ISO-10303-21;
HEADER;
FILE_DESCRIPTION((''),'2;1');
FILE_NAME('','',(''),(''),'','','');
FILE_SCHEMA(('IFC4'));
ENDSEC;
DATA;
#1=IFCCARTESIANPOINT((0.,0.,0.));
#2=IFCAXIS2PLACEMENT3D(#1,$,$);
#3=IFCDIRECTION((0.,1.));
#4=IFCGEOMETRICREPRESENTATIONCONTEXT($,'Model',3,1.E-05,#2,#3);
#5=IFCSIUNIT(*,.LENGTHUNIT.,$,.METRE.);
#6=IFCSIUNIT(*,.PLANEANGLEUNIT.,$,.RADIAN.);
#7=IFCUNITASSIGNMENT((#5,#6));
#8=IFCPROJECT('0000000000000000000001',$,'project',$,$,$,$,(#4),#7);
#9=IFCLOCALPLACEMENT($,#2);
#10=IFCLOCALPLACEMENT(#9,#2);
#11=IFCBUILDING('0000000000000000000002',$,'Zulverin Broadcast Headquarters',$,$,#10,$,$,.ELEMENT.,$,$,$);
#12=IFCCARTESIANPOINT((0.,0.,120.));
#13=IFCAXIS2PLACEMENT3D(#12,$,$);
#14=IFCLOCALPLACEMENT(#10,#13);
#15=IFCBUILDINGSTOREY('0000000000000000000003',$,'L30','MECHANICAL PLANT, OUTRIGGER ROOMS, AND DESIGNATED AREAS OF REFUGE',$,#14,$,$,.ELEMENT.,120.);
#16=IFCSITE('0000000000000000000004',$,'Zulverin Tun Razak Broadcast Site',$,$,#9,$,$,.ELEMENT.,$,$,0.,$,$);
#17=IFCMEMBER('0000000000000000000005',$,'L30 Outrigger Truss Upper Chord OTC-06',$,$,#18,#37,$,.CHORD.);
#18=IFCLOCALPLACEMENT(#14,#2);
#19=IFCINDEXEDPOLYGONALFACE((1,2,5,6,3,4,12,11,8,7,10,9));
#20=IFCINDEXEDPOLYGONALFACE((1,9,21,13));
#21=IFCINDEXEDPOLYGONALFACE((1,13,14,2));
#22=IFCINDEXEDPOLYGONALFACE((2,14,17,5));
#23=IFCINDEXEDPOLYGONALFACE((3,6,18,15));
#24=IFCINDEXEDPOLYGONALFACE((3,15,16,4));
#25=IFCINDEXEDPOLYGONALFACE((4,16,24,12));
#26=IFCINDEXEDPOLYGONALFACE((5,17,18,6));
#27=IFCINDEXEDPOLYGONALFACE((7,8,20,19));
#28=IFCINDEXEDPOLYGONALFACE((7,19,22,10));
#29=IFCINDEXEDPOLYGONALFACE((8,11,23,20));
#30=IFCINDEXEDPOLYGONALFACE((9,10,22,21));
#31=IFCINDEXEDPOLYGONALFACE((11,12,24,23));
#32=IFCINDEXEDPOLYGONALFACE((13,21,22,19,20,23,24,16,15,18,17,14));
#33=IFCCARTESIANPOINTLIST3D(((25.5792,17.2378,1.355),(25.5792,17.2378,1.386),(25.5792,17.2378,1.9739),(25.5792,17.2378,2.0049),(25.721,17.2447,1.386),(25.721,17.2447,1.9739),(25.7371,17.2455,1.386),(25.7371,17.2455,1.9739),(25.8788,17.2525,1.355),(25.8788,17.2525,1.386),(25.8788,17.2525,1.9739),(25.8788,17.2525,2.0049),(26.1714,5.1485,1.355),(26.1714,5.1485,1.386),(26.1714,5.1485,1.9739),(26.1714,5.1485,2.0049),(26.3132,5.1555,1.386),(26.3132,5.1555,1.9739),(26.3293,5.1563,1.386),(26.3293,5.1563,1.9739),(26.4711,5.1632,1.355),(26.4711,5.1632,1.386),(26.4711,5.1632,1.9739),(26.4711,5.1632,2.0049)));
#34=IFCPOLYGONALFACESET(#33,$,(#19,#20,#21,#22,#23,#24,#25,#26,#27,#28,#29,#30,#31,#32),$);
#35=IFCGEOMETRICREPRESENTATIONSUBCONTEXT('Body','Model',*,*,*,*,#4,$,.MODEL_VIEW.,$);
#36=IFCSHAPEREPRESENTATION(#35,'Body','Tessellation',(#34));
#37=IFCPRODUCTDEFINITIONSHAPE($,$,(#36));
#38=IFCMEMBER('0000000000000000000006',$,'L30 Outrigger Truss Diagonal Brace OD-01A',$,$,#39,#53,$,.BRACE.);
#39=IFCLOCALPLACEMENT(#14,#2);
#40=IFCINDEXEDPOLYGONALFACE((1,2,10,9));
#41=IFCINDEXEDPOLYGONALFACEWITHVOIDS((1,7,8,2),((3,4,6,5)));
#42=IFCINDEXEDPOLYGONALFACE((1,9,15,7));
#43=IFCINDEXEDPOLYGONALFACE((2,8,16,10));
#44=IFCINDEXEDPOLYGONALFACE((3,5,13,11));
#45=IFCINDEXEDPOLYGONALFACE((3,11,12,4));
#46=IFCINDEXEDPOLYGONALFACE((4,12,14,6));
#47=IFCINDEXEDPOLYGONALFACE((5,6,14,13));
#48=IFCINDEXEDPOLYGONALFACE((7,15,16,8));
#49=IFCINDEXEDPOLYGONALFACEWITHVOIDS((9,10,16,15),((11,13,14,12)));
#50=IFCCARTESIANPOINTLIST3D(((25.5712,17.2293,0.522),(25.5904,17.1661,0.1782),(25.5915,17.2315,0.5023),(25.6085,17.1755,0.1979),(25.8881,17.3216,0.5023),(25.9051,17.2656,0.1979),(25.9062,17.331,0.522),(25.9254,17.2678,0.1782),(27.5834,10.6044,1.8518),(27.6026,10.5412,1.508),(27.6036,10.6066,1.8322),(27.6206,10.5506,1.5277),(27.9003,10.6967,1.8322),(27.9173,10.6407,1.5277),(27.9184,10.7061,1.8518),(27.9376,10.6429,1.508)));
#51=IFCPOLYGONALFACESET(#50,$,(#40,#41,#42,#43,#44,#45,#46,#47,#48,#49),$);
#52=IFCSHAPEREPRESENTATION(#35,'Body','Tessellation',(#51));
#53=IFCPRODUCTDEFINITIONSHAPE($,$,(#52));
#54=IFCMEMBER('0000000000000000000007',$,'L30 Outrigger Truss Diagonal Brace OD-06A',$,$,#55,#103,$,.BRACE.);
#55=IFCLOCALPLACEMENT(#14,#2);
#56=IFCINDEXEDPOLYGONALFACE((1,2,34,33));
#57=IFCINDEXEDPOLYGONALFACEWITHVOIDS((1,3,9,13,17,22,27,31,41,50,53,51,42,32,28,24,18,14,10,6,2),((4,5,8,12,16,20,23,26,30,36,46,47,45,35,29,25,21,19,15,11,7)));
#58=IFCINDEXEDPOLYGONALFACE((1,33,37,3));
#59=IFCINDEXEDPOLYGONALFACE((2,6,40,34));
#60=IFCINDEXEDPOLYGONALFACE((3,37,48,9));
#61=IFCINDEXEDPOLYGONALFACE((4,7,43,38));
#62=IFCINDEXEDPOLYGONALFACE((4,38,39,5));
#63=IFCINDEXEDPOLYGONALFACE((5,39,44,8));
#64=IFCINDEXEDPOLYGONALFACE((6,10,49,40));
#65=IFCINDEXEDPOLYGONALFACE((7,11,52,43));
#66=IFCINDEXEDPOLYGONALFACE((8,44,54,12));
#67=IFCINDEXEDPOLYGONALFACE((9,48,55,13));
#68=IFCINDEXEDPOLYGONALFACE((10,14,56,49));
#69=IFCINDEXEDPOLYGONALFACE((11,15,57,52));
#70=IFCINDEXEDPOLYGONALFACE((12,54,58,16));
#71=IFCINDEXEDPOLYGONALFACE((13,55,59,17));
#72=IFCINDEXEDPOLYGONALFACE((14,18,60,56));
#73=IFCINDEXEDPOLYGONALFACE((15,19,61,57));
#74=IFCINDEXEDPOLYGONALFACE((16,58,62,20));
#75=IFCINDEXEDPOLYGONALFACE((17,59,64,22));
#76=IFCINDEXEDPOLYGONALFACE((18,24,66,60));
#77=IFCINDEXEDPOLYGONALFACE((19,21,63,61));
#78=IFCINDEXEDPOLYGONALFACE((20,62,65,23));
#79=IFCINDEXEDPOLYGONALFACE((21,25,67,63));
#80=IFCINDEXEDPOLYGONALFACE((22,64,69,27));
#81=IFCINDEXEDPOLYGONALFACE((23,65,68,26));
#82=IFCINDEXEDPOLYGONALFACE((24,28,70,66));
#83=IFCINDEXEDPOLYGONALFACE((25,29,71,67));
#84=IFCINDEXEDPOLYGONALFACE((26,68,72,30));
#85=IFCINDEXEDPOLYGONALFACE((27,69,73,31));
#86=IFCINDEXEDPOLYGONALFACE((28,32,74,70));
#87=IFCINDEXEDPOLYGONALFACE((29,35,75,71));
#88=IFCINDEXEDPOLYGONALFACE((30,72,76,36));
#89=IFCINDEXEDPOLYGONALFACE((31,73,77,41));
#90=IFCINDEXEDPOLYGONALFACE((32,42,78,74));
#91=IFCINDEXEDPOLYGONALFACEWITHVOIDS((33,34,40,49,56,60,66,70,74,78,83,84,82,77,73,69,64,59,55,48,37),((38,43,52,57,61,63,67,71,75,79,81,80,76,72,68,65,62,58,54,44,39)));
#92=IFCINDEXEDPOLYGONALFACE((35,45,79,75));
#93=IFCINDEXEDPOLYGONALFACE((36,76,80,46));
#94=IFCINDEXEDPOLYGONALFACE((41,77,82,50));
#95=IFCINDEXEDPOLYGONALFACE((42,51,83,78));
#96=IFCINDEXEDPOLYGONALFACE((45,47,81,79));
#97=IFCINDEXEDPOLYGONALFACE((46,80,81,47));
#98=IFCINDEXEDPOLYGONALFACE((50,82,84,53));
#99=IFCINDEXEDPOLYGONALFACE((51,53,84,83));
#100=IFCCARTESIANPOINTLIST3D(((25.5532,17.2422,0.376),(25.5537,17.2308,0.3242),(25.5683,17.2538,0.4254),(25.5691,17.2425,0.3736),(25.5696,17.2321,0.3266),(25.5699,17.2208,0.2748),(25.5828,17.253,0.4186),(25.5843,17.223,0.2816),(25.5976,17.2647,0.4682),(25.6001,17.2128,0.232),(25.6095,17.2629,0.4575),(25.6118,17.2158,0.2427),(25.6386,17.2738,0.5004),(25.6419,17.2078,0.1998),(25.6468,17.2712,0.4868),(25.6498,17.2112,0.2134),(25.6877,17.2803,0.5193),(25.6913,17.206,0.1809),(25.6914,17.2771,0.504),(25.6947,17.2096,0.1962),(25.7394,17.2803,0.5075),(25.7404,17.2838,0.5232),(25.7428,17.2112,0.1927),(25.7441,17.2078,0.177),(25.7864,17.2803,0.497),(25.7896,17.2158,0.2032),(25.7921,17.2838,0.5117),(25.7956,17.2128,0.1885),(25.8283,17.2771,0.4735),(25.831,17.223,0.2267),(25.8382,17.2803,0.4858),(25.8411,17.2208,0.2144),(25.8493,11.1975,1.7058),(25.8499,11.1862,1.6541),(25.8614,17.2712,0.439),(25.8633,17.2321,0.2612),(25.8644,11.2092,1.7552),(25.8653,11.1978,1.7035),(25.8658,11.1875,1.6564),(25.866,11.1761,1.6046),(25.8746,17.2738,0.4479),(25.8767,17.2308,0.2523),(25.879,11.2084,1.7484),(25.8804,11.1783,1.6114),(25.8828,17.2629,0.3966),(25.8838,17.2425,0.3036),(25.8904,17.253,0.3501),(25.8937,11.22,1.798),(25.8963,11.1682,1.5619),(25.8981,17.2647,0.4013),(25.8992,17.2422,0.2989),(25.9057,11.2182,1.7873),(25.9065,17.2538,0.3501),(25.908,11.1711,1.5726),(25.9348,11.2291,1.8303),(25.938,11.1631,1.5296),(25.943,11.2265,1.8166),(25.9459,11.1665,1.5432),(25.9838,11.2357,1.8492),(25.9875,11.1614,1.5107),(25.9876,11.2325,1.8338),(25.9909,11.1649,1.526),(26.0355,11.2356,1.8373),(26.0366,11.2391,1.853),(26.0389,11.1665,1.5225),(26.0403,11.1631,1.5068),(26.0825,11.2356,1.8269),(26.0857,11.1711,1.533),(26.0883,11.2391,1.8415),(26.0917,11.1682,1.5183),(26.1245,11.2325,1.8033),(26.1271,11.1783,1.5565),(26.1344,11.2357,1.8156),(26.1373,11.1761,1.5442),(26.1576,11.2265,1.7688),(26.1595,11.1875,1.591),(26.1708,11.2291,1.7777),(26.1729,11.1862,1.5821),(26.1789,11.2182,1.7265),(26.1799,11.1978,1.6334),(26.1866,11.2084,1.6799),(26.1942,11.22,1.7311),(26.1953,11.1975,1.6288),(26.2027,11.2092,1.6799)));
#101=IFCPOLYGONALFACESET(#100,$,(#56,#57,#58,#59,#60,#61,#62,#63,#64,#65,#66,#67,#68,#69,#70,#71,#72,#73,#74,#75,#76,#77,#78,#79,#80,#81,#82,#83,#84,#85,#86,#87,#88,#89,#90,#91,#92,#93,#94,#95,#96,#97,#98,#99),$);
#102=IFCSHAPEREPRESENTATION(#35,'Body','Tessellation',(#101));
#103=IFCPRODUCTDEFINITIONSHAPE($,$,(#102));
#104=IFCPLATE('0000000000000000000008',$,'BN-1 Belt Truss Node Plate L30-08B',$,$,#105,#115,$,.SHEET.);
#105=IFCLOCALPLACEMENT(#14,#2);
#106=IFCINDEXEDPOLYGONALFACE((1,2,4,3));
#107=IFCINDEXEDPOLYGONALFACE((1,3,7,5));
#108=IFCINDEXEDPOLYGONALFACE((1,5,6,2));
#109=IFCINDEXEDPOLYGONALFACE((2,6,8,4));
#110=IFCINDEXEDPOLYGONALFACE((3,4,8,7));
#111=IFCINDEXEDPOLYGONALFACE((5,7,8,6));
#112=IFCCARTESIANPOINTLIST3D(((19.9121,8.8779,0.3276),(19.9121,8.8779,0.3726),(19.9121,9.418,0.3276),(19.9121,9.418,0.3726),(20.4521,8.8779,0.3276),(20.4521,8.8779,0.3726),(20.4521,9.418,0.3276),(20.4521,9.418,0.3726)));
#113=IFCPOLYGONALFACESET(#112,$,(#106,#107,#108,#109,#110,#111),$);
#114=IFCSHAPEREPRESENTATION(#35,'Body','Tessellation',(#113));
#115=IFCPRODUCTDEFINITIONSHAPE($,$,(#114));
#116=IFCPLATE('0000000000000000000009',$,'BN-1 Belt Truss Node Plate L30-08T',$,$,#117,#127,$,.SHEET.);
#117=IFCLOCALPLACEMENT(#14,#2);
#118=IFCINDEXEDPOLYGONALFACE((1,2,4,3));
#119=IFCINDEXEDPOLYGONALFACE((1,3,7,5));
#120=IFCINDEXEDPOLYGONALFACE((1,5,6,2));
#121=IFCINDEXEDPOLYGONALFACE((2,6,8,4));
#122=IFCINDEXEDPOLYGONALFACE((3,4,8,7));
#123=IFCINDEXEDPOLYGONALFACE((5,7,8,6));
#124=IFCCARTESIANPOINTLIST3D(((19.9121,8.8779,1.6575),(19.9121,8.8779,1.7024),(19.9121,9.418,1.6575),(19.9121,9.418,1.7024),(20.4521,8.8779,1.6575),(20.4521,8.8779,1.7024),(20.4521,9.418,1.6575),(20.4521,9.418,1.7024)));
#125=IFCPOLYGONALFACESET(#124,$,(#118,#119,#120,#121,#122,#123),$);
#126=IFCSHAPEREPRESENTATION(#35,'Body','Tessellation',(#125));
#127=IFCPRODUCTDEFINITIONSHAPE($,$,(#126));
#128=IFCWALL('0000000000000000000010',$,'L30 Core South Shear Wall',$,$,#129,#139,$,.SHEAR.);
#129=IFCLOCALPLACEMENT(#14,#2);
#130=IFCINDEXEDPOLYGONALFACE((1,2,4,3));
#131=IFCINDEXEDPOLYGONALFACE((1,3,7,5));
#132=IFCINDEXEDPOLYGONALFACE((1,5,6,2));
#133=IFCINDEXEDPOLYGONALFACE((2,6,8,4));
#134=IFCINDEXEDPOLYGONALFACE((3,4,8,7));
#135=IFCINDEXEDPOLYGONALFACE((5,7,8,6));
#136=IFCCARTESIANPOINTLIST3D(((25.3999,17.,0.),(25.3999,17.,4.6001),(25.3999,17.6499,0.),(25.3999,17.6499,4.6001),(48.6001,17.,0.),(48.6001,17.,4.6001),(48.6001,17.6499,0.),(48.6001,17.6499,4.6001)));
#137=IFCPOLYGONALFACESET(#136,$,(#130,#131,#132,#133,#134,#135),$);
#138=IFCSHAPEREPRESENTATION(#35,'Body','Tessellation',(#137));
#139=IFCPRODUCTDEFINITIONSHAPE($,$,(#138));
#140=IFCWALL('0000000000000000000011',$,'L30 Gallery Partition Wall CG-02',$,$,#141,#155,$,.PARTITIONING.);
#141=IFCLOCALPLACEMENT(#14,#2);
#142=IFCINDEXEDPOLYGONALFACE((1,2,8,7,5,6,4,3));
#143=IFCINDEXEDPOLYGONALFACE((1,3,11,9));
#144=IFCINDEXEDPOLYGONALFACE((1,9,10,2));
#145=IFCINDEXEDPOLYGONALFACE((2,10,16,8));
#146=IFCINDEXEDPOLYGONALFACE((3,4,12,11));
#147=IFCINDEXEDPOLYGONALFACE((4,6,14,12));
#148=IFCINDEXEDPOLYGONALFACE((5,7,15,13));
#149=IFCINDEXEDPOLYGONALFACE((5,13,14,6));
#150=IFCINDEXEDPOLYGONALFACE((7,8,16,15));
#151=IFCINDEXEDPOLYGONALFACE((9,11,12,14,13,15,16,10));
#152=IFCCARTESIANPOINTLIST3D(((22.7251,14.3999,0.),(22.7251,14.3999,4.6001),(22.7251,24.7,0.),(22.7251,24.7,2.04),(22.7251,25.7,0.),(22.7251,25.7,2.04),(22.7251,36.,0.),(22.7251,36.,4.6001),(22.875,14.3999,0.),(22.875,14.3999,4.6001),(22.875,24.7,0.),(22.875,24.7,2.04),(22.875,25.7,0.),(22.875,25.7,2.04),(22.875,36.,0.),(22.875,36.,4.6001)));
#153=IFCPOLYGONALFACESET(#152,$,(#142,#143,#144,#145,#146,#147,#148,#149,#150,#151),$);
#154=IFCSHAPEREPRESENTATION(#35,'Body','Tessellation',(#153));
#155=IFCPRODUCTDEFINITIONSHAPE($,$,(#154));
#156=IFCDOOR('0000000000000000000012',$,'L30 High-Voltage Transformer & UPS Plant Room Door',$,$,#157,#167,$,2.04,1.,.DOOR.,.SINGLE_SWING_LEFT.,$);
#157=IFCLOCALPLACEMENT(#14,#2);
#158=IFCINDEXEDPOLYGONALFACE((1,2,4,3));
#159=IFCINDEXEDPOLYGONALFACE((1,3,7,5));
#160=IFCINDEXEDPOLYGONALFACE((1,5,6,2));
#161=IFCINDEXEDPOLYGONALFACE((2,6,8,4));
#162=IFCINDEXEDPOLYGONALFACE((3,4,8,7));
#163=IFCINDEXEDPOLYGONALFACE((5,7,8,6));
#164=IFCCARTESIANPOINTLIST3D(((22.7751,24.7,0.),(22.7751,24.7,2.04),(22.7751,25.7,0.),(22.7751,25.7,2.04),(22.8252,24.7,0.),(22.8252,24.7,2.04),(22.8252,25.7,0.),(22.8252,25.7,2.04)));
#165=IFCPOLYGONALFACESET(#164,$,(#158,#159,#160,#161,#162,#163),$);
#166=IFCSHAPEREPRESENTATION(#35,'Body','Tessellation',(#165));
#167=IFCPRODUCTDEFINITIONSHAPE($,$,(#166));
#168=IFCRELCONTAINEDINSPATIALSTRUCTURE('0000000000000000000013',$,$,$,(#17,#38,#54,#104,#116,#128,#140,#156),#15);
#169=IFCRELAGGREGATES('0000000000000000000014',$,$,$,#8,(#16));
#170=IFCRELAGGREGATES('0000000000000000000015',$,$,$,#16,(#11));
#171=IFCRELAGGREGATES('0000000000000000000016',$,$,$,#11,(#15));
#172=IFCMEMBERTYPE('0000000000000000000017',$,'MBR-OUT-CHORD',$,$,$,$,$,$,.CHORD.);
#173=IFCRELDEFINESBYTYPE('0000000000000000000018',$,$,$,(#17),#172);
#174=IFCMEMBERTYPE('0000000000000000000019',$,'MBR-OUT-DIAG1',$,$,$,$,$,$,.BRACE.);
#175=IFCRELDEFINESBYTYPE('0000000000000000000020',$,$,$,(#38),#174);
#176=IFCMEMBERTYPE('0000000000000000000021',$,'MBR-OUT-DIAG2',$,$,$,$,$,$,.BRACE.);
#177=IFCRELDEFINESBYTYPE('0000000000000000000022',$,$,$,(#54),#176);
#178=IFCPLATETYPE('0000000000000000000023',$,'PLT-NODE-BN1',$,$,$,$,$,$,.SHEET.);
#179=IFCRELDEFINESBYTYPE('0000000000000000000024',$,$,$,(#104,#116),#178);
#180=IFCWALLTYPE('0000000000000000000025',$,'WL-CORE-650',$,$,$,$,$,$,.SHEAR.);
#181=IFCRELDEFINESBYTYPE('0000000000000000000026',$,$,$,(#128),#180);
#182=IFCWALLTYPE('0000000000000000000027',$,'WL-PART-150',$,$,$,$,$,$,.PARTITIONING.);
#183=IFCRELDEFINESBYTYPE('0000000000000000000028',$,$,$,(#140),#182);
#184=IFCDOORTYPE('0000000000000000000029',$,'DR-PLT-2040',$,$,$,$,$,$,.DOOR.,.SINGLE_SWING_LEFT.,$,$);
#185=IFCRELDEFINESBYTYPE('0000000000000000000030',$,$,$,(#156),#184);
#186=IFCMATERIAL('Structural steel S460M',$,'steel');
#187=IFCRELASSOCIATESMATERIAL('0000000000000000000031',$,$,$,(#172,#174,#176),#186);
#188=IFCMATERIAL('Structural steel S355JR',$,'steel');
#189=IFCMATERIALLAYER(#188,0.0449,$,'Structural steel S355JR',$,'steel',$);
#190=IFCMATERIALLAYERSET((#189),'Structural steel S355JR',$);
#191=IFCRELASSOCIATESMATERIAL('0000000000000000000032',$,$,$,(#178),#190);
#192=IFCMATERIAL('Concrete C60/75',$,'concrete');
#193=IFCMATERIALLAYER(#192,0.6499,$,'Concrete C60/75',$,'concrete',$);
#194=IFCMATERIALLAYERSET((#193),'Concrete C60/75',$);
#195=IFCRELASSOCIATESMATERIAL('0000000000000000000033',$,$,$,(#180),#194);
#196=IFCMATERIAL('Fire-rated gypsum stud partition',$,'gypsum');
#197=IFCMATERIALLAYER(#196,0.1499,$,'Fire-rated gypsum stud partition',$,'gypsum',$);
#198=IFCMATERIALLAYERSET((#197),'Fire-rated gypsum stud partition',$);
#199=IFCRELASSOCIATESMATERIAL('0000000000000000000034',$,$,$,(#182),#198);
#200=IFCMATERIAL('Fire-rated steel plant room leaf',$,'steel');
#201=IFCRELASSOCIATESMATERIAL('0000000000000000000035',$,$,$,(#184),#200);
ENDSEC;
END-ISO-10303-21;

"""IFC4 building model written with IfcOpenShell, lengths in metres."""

from ifc_helpers import new_model, si_unit, direction, frame, frame_2d, origin, origin_2d, place, context, subcontext, project, spatial, rectangle, hollow_rectangle, hollow_circle, i_section, extrude, material, layer, layer_set, material_profile, profile_set, type_object, element, fill, save


model = new_model("IFC4")

# Units and contexts
model_context = context("Model", 3, precision=1e-05, world=origin(), true_north=direction((0.0, 1.0)))
body_context = subcontext(model_context, "Body", "Model", "MODEL_VIEW")
ifc_project = project(units=[si_unit("LENGTHUNIT", "METRE"), si_unit("PLANEANGLEUNIT", "RADIAN")], contexts=[model_context])

# Site, building, storey
site_placement = place(None, origin())
site = spatial("IfcSite", under=ifc_project, at=site_placement, Name="Zulverin Tun Razak Broadcast Site", CompositionType="ELEMENT", RefElevation=0.0)
building_placement = place(site_placement, origin())
building = spatial("IfcBuilding", under=site, at=building_placement, Name="Zulverin Broadcast Headquarters", CompositionType="ELEMENT")
storey_placement = place(building_placement, frame((0.0, 0.0, 120.0)))
storey = spatial("IfcBuildingStorey", under=building, at=storey_placement, Name="L30", Description="MECHANICAL PLANT, OUTRIGGER ROOMS, AND DESIGNATED AREAS OF REFUGE", CompositionType="ELEMENT", Elevation=120.0)

# Shared definitions
ifc_material_1 = material(Name="Concrete C60/75", Category="concrete")

# Members
ifc_material_2 = material(Name="Structural steel S355JR", Category="steel")
ifc_material_3 = material(Name="Structural steel S460M", Category="steel")
ifc_material_profile_1 = material_profile(ifc_material_3, i_section(OverallWidth=0.3, OverallDepth=0.6499, WebThickness=0.0161, FlangeThickness=0.031, at=origin_2d()), Name="Structural steel S460M", Category="steel")
ifc_profile_set_1 = profile_set([ifc_material_profile_1], Name="Structural steel S460M")
member_type_1 = type_object("IfcMemberType", Name="MBR-OUT-CHORD", PredefinedType="CHORD", material=ifc_profile_set_1)
for number, where, z_axis, x_axis, name in (
    (1, (25.729, 17.2451, 1.6799), (0.048934, -0.998802, 0.0), (0.998802, 0.048934, 0.0), "L30 Outrigger Truss Upper Chord OTC-06"),
):
    element("IfcMember", number, at=place(storey_placement, frame(where, z_axis=z_axis, x_axis=x_axis)), inside=storey, type_object=member_type_1, Name=name, PredefinedType="CHORD", context=body_context, shape_type="SweptSolid", body=[
        extrude(i_section(OverallWidth=0.3, OverallDepth=0.6499, WebThickness=0.0161, FlangeThickness=0.031, at=origin_2d()), origin(), (0.0, 0.0, 1.0), 12.1038),
    ])
ifc_material_profile_2 = material_profile(ifc_material_3, hollow_rectangle(XDim=0.3501, YDim=0.3501, WallThickness=0.02, at=origin_2d()), Name="Structural steel S460M", Category="steel")
ifc_profile_set_2 = profile_set([ifc_material_profile_2], Name="Structural steel S460M")
member_type_2 = type_object("IfcMemberType", Name="MBR-OUT-DIAG1", PredefinedType="BRACE", material=ifc_profile_set_2)
member_1_placement = place(storey_placement, frame((25.7483, 17.2485, 0.3501), z_axis=(0.285403, -0.939664, 0.188618), x_axis=(0.956839, 0.29062, 0.0)))
element("IfcMember", 2, at=member_1_placement, inside=storey, type_object=member_type_2, Name="L30 Outrigger Truss Diagonal Brace OD-01A", PredefinedType="BRACE", context=body_context, shape_type="SweptSolid", body=[
    extrude(hollow_rectangle(XDim=0.3501, YDim=0.3501, WallThickness=0.02, at=origin_2d()), origin(), (0.0, 0.0, 1.0), 7.0503),
])
ifc_material_profile_3 = material_profile(ifc_material_3, hollow_circle(Radius=0.1777, WallThickness=0.0161, at=origin_2d()), Name="Structural steel S460M", Category="steel")
ifc_profile_set_3 = profile_set([ifc_material_profile_3], Name="Structural steel S460M")
member_type_3 = type_object("IfcMemberType", Name="MBR-OUT-DIAG2", PredefinedType="BRACE", material=ifc_profile_set_3)
member_2_placement = place(storey_placement, frame((25.729, 17.2451, 0.3501), z_axis=(0.047793, -0.975528, 0.214617), x_axis=(0.998802, 0.048934, 0.0)))
element("IfcMember", 3, at=member_2_placement, inside=storey, type_object=member_type_3, Name="L30 Outrigger Truss Diagonal Brace OD-06A", PredefinedType="BRACE", context=body_context, shape_type="SweptSolid", body=[
    extrude(hollow_circle(Radius=0.1777, WallThickness=0.0161, at=origin_2d()), origin(), (0.0, 0.0, 1.0), 6.1963),
])

# Plates
ifc_layer_1 = layer(ifc_material_2, 0.0449, Name="Structural steel S355JR", Category="steel")
ifc_layer_set_1 = layer_set([ifc_layer_1], Name="Structural steel S355JR")
plate_type = type_object("IfcPlateType", Name="PLT-NODE-BN1", PredefinedType="SHEET", material=ifc_layer_set_1)
for number, where, z_axis, x_axis, name in (
    (4, (20.1821, 9.1479, 0.3276), (0.0, 0.0, 1.0), (1.0, 0.0, 0.0), "BN-1 Belt Truss Node Plate L30-08B"),
    (5, (20.1821, 9.1479, 1.6575), (0.0, 0.0, 1.0), (1.0, 0.0, 0.0), "BN-1 Belt Truss Node Plate L30-08T"),
):
    element("IfcPlate", number, at=place(storey_placement, frame(where, z_axis=z_axis, x_axis=x_axis)), inside=storey, type_object=plate_type, Name=name, PredefinedType="SHEET", context=body_context, shape_type="SweptSolid", body=[
        extrude(rectangle(XDim=0.54, YDim=0.54, at=origin_2d()), origin(), (0.0, 0.0, 1.0), 0.0449),
    ])

# Wall
ifc_layer_2 = layer(ifc_material_1, 0.6499, Name="Concrete C60/75", Category="concrete")
ifc_layer_set_2 = layer_set([ifc_layer_2], Name="Concrete C60/75")
wall_type_1 = type_object("IfcWallType", Name="WL-CORE-650", PredefinedType="SHEAR", material=ifc_layer_set_2)
wall_1_placement = place(storey_placement, frame((25.3999, 17.325, 0.0), z_axis=(0.0, 0.0, 1.0), x_axis=(1.0, 0.0, 0.0)))
element("IfcWall", 6, at=wall_1_placement, inside=storey, type_object=wall_type_1, Name="L30 Core South Shear Wall", PredefinedType="SHEAR", context=body_context, shape_type="SweptSolid", body=[
    extrude(rectangle(XDim=23.2002, YDim=0.6499, at=frame_2d((11.6001, 0.0))), origin(), (0.0, 0.0, 1.0), 4.6001),
])

# Wall, opening, door
ifc_material_4 = material(Name="Fire-rated gypsum stud partition", Category="gypsum")
ifc_layer_3 = layer(ifc_material_4, 0.1499, Name="Fire-rated gypsum stud partition", Category="gypsum")
ifc_layer_set_3 = layer_set([ifc_layer_3], Name="Fire-rated gypsum stud partition")
wall_type_2 = type_object("IfcWallType", Name="WL-PART-150", PredefinedType="PARTITIONING", material=ifc_layer_set_3)
wall_2_placement = place(storey_placement, frame((22.8, 14.3999, 0.0), z_axis=(0.0, 0.0, 1.0), x_axis=(0.0, 1.0, 0.0)))
wall_2 = element("IfcWall", 7, at=wall_2_placement, inside=storey, type_object=wall_type_2, Name="L30 Gallery Partition Wall CG-02", PredefinedType="PARTITIONING", context=body_context, shape_type="SweptSolid", body=[
    extrude(rectangle(XDim=21.6001, YDim=0.1499, at=frame_2d((10.8, 0.0))), origin(), (0.0, 0.0, 1.0), 4.6001),
])
opening_1_placement = place(wall_2_placement, frame((10.3, 0.0, 0.0)))
opening_1 = element("IfcOpeningElement", 8, at=opening_1_placement, cuts=wall_2, PredefinedType="OPENING", context=body_context, shape_type="SweptSolid", body=[
    extrude(rectangle(XDim=1.0, YDim=2.04, at=frame_2d((0.5, 1.02))), frame((0.0, 0.085, 0.0), z_axis=(0.0, -1.0, 0.0), x_axis=(1.0, 0.0, 0.0)), (0.0, 0.0, 1.0), 0.1699),
])
ifc_material_5 = material(Name="Fire-rated steel plant room leaf", Category="steel")
door_type_1 = type_object("IfcDoorType", Name="DR-PLT-2040", OperationType="SINGLE_SWING_LEFT", PredefinedType="DOOR", material=ifc_material_5)
door_1_placement = place(opening_1_placement, origin())
door_1 = element("IfcDoor", 9, at=door_1_placement, inside=storey, type_object=door_type_1, Name="L30 High-Voltage Transformer & UPS Plant Room Door", OperationType="SINGLE_SWING_LEFT", OverallHeight=2.04, OverallWidth=1.0, PredefinedType="DOOR", context=body_context, shape_type="SweptSolid", body=[
    extrude(rectangle(XDim=1.0, YDim=2.04, at=frame_2d((0.5, 1.02))), frame((0.0, 0.0249, 0.0), z_axis=(0.0, -1.0, 0.0), x_axis=(1.0, 0.0, 0.0)), (0.0, 0.0, 1.0), 0.05),
])
fill(opening_1, door_1)

save(model, "model.ifc")
